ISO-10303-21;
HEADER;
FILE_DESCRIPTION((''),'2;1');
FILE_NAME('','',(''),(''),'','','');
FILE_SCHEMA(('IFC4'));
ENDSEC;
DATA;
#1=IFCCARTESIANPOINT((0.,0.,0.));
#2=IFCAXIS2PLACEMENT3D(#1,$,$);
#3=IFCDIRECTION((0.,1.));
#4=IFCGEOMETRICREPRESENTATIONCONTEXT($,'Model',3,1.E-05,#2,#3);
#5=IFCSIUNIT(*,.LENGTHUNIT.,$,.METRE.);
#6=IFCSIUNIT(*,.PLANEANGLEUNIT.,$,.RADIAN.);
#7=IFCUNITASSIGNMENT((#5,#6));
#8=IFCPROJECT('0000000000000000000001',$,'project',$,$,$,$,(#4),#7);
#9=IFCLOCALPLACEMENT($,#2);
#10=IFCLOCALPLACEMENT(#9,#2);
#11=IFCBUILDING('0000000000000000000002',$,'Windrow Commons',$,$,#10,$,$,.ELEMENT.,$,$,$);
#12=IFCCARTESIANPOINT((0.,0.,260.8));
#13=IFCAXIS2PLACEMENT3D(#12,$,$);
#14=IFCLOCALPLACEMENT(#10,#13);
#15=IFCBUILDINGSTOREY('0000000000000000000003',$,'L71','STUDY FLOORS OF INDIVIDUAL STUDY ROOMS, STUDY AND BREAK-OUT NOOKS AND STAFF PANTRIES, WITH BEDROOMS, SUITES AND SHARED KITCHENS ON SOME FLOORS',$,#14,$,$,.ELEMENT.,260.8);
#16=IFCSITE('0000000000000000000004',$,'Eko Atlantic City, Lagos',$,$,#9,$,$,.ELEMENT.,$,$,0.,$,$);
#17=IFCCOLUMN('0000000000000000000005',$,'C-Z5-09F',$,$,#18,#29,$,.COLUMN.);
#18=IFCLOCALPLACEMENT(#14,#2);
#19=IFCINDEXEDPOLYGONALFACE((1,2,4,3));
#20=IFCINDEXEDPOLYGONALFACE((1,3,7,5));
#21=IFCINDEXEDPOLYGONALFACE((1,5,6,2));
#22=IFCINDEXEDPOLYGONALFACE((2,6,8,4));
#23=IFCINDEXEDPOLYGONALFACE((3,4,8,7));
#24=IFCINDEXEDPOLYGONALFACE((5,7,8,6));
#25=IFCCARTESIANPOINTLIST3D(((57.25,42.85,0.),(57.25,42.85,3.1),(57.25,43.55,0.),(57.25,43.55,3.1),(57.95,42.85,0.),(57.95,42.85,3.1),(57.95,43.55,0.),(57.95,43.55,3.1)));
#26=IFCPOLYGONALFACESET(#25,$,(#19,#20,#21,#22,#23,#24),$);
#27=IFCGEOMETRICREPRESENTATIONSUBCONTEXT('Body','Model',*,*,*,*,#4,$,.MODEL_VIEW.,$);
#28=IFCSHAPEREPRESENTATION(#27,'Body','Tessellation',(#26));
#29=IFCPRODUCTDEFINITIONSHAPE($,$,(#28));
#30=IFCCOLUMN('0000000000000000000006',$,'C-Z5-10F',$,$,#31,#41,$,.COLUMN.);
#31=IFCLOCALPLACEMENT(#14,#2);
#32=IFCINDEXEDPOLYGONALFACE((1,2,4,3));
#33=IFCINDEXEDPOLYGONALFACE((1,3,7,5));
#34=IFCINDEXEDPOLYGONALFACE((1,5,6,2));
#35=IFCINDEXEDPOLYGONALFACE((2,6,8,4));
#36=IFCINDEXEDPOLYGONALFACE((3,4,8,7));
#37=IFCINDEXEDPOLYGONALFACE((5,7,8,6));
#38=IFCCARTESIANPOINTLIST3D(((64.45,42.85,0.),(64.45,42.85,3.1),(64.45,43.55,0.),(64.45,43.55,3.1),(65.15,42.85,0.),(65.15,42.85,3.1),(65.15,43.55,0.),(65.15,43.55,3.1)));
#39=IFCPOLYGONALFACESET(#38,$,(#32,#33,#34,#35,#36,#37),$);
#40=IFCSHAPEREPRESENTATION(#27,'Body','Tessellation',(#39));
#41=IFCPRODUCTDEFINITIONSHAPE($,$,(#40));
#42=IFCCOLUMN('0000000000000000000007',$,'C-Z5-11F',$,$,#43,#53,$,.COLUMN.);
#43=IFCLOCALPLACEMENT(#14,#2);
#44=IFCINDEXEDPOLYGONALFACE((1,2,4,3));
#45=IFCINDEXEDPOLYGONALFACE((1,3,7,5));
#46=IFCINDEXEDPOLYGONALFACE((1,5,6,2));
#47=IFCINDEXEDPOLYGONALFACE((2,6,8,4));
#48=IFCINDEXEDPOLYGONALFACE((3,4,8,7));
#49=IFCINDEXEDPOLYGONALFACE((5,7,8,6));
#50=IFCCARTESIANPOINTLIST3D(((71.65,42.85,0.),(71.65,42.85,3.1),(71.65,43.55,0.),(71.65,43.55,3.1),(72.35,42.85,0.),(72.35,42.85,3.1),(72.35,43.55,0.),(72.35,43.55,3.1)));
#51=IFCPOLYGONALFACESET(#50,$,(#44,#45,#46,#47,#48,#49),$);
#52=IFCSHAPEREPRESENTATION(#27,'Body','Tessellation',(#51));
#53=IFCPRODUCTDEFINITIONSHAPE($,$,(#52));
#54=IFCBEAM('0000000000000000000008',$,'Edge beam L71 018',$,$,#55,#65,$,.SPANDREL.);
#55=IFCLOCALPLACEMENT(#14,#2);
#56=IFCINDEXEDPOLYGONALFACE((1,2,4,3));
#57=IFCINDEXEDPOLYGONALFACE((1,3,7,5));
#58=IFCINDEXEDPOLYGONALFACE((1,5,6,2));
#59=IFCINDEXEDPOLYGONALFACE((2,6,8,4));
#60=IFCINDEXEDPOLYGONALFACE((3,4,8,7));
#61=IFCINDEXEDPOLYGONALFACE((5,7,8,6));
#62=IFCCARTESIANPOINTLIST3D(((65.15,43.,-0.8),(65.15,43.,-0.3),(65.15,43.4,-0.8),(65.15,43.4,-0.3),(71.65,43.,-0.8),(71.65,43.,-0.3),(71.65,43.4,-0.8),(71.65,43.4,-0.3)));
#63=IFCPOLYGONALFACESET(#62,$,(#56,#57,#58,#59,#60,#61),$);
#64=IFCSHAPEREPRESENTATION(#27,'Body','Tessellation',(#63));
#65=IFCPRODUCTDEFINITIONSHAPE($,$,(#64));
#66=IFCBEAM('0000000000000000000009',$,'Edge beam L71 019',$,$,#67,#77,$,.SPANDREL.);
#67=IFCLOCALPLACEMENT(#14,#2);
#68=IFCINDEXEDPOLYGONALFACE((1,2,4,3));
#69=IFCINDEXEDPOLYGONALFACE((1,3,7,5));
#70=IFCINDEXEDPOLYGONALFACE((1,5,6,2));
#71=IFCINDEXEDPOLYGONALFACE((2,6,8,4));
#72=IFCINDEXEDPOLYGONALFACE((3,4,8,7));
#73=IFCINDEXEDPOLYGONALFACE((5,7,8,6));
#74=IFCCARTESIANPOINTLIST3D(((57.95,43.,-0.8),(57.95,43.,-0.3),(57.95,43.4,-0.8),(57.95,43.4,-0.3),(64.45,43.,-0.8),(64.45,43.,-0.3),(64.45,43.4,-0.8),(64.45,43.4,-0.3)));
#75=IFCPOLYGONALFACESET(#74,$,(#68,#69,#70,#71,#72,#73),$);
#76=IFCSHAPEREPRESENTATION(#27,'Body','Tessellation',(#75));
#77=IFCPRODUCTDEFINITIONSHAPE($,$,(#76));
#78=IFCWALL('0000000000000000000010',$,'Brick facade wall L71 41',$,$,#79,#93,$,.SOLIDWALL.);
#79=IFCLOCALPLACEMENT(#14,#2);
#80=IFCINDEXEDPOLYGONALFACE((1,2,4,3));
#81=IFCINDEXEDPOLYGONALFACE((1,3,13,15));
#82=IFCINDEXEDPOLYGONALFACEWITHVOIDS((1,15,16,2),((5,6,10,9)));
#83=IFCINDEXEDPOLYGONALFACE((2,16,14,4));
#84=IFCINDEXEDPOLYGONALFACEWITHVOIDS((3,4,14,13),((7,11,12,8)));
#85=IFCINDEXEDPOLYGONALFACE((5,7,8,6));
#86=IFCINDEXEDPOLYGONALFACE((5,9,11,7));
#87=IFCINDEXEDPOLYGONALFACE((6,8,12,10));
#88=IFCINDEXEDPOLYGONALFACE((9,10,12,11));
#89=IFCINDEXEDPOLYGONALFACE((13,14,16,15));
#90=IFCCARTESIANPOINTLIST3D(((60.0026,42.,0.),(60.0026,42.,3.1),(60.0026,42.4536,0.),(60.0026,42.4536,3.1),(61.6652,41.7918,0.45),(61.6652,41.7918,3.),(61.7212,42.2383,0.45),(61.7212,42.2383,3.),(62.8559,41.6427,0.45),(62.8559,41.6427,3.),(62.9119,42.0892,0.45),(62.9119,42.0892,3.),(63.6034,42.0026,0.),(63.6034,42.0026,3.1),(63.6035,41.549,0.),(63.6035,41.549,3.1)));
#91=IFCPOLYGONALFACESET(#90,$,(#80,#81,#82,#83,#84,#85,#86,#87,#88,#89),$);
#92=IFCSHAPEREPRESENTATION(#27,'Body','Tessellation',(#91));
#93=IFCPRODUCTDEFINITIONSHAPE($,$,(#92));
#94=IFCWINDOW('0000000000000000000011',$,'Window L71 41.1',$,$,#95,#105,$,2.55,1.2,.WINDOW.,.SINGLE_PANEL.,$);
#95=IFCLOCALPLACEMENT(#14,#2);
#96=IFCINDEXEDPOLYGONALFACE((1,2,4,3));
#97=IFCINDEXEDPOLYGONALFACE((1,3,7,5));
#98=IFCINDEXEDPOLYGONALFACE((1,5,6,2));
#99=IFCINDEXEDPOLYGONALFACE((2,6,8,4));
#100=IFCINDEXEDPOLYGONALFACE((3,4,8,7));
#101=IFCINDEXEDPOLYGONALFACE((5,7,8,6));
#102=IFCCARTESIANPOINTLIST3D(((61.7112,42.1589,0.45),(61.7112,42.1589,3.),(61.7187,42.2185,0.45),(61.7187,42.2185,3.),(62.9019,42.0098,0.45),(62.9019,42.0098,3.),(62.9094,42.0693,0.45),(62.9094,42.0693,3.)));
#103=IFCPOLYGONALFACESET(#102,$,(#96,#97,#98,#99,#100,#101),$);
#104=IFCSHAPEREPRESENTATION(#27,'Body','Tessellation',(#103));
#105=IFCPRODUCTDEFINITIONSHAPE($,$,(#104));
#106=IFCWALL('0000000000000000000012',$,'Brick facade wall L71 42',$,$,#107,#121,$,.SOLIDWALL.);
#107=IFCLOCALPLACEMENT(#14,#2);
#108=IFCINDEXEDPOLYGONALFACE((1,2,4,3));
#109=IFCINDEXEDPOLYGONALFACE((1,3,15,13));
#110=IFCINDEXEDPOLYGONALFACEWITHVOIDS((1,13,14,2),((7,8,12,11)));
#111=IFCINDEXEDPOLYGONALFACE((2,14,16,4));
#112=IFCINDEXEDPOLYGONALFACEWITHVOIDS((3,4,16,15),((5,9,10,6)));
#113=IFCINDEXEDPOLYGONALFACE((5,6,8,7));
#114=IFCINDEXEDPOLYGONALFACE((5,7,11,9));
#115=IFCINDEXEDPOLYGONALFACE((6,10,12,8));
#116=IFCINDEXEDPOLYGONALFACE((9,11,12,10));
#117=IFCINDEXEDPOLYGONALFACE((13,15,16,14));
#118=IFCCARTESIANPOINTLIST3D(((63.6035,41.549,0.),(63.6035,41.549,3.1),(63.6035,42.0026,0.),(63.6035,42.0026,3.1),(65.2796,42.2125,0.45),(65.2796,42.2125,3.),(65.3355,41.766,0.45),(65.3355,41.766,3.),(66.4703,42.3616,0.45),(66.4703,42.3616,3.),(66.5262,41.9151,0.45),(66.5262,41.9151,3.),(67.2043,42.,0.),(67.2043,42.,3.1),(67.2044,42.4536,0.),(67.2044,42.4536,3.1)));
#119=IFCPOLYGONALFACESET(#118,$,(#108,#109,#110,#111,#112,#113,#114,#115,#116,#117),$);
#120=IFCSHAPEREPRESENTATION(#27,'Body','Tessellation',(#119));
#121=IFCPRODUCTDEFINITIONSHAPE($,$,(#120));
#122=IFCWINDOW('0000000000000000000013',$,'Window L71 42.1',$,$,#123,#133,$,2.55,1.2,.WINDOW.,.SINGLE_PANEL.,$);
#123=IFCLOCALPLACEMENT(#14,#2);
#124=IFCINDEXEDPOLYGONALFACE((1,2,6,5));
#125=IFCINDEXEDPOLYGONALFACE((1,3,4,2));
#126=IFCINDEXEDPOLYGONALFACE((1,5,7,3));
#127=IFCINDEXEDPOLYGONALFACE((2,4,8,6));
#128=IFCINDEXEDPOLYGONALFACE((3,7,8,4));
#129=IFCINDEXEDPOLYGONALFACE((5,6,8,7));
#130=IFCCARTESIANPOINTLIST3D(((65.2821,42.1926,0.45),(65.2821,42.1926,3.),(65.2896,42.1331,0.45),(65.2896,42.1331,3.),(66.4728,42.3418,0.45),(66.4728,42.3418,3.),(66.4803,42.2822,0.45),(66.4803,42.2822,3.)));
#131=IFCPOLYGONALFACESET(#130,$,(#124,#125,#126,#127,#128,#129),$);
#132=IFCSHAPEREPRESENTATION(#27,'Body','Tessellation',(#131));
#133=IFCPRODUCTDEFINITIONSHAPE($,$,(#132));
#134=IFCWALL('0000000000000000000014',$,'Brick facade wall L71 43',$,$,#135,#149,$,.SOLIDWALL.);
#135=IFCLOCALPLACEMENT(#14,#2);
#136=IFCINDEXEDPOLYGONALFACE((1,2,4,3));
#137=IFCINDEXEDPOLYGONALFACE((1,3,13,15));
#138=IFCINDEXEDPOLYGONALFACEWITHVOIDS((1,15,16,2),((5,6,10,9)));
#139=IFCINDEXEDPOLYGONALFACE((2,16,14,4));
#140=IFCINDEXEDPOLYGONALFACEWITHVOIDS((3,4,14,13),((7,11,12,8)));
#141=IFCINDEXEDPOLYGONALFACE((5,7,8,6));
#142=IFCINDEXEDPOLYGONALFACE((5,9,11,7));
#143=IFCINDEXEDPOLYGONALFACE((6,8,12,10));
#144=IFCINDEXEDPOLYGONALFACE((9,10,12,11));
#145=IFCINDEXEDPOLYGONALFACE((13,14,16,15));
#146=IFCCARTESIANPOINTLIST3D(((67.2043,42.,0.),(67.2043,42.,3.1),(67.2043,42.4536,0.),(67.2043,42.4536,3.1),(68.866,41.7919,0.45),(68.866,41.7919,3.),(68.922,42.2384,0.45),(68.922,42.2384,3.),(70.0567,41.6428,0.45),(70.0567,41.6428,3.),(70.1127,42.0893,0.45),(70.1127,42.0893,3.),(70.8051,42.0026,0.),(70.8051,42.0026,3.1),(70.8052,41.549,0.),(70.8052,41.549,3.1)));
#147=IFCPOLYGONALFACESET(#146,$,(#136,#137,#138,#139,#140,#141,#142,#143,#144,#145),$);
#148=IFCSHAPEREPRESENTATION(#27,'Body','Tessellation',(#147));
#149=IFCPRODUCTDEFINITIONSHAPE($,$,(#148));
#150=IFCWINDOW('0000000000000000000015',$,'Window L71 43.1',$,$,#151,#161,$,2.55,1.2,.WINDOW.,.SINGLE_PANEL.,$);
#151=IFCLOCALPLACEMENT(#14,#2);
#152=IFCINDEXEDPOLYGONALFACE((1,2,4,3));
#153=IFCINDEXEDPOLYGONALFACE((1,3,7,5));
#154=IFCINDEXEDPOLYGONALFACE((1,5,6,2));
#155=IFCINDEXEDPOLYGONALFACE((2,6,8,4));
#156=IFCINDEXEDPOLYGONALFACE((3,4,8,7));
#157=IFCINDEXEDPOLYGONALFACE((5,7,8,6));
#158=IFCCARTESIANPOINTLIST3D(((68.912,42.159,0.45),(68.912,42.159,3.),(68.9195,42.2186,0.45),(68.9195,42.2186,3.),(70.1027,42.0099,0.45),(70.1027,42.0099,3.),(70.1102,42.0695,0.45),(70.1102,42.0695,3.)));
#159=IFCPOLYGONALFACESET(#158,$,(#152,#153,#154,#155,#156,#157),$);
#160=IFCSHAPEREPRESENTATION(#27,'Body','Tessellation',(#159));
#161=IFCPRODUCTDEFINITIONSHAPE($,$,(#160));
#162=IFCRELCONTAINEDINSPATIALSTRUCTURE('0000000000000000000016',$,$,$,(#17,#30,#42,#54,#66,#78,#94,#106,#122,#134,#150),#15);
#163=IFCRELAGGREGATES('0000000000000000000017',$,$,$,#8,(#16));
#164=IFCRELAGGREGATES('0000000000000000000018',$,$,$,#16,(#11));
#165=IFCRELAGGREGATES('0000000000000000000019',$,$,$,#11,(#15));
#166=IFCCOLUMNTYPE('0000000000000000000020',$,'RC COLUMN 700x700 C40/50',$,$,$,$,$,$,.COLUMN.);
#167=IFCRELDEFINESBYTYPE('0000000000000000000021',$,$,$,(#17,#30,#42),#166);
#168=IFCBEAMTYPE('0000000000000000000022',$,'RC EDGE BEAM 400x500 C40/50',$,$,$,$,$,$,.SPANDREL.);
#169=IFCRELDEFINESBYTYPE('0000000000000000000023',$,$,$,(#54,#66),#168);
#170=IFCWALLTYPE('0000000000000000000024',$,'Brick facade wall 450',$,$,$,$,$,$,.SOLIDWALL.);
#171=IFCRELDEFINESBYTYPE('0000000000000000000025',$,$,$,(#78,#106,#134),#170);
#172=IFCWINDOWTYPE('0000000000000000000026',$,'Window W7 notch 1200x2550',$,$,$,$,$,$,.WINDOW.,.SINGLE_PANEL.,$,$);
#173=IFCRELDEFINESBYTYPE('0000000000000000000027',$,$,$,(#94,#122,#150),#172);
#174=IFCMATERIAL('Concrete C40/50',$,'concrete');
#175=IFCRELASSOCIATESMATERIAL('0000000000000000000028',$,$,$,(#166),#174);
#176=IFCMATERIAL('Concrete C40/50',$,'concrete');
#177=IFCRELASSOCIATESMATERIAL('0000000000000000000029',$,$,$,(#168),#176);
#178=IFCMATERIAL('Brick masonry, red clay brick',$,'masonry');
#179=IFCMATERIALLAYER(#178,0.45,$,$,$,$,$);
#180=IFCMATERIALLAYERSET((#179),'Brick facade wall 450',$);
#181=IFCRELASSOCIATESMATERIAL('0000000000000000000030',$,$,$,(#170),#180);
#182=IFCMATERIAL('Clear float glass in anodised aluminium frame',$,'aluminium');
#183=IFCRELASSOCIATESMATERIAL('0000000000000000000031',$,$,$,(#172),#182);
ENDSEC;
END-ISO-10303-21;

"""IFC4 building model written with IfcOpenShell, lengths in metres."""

from ifc_helpers import new_model, si_unit, direction, frame, frame_2d, origin, origin_2d, place, context, subcontext, project, spatial, polyline, rectangle, outline, extrude, material, layer, layer_set, material_profile, profile_set, type_object, element, fill, save


model = new_model("IFC4")

# Units and contexts
model_context = context("Model", 3, precision=1e-05, world=origin(), true_north=direction((0.0, 1.0)))
body_context = subcontext(model_context, "Body", "Model", "MODEL_VIEW")
ifc_project = project(units=[si_unit("LENGTHUNIT", "METRE"), si_unit("PLANEANGLEUNIT", "RADIAN")], contexts=[model_context])

# Site, building, storey
site_placement = place(None, origin())
site = spatial("IfcSite", under=ifc_project, at=site_placement, Name="Eko Atlantic City, Lagos", CompositionType="ELEMENT", RefElevation=0.0)
building_placement = place(site_placement, origin())
building = spatial("IfcBuilding", under=site, at=building_placement, Name="Windrow Commons", CompositionType="ELEMENT")
storey_placement = place(building_placement, frame((0.0, 0.0, 260.8)))
storey = spatial("IfcBuildingStorey", under=building, at=storey_placement, Name="L71", Description="STUDY FLOORS OF INDIVIDUAL STUDY ROOMS, STUDY AND BREAK-OUT NOOKS AND STAFF PANTRIES, WITH BEDROOMS, SUITES AND SHARED KITCHENS ON SOME FLOORS", CompositionType="ELEMENT", Elevation=260.8)

# Columns
ifc_material_1 = material(Name="Concrete C40/50", Category="concrete")
ifc_material_profile_1 = material_profile(ifc_material_1, rectangle(XDim=0.7, YDim=0.7, at=origin_2d()))
ifc_profile_set_1 = profile_set([ifc_material_profile_1], Name="Concrete C40/50")
column_type = type_object("IfcColumnType", Name="RC COLUMN 700x700 C40/50", PredefinedType="COLUMN", material=ifc_profile_set_1)
for number, where, z_axis, x_axis, name in (
    (1, (57.6, 43.2, 0.0), (0.0, 0.0, 1.0), (1.0, 0.0, 0.0), "C-Z5-09F"),
    (2, (64.8, 43.2, 0.0), (0.0, 0.0, 1.0), (1.0, 0.0, 0.0), "C-Z5-10F"),
    (3, (72.0, 43.2, 0.0), (0.0, 0.0, 1.0), (1.0, 0.0, 0.0), "C-Z5-11F"),
):
    element("IfcColumn", number, at=place(storey_placement, frame(where, z_axis=z_axis, x_axis=x_axis)), inside=storey, type_object=column_type, Name=name, PredefinedType="COLUMN", context=body_context, shape_type="SweptSolid", body=[
        extrude(rectangle(XDim=0.7, YDim=0.7, at=origin_2d()), origin(), (0.0, 0.0, 1.0), 3.1),
    ])

# Beams
ifc_material_2 = material(Name="Concrete C40/50", Category="concrete")
ifc_material_profile_2 = material_profile(ifc_material_2, rectangle(XDim=0.4, YDim=0.5, at=origin_2d()))
ifc_profile_set_2 = profile_set([ifc_material_profile_2], Name="Concrete C40/50")
beam_type = type_object("IfcBeamType", Name="RC EDGE BEAM 400x500 C40/50", PredefinedType="SPANDREL", material=ifc_profile_set_2)
for number, where, z_axis, x_axis, name in (
    (4, (71.65, 43.2, -0.55), (-1.0, 0.0, 0.0), (0.0, -1.0, 0.0), "Edge beam L71 018"),
    (5, (64.45, 43.2, -0.55), (-1.0, 0.0, 0.0), (0.0, -1.0, 0.0), "Edge beam L71 019"),
):
    element("IfcBeam", number, at=place(storey_placement, frame(where, z_axis=z_axis, x_axis=x_axis)), inside=storey, type_object=beam_type, Name=name, PredefinedType="SPANDREL", context=body_context, shape_type="SweptSolid", body=[
        extrude(rectangle(XDim=0.4, YDim=0.5, at=origin_2d()), origin(), (0.0, 0.0, 1.0), 6.5),
    ])

# Walls, openings, windows
ifc_material_3 = material(Name="Brick masonry, red clay brick", Category="masonry")
ifc_layer_1 = layer(ifc_material_3, 0.45)
ifc_layer_set_1 = layer_set([ifc_layer_1], Name="Brick facade wall 450")
wall_type_1 = type_object("IfcWallType", Name="Brick facade wall 450", PredefinedType="SOLIDWALL", material=ifc_layer_set_1)
wall_1_placement = place(storey_placement, frame((60.0026, 42.2268, 0.0), z_axis=(0.0, 0.0, 1.0), x_axis=(0.992248, -0.124276, 0.0)))
wall_1 = element("IfcWall", 6, at=wall_1_placement, inside=storey, type_object=wall_type_1, Name="Brick facade wall L71 41", PredefinedType="SOLIDWALL", context=body_context, shape_type="SweptSolid", body=[
    extrude(outline(polyline([(0.0282, -0.225), (3.6572, -0.225), (3.6008, 0.225), (-0.0282, 0.225), (0.0282, -0.225)])), origin(), (0.0, 0.0, 1.0), 3.1),
])
opening_1_placement = place(wall_1_placement, frame((1.7038, 0.0, 0.45)))
opening_1 = element("IfcOpeningElement", 7, at=opening_1_placement, cuts=wall_1, PredefinedType="OPENING", context=body_context, shape_type="SweptSolid", body=[
    extrude(rectangle(XDim=1.2, YDim=2.55, at=frame_2d((0.6, 1.275))), frame((0.0, 0.235, 0.0), z_axis=(0.0, -1.0, 0.0), x_axis=(1.0, 0.0, 0.0)), (0.0, 0.0, 1.0), 0.47),
])
ifc_material_4 = material(Name="Clear float glass in anodised aluminium frame", Category="aluminium")
window_type = type_object("IfcWindowType", Name="Window W7 notch 1200x2550", PartitioningType="SINGLE_PANEL", PredefinedType="WINDOW", material=ifc_material_4)
window_1_placement = place(opening_1_placement, origin())
window_1 = element("IfcWindow", 8, at=window_1_placement, inside=storey, type_object=window_type, Name="Window L71 41.1", OverallHeight=2.55, OverallWidth=1.2, PartitioningType="SINGLE_PANEL", PredefinedType="WINDOW", context=body_context, shape_type="SweptSolid", body=[
    extrude(rectangle(XDim=1.2, YDim=2.55, at=frame_2d((0.6, 1.275))), frame((0.0, 0.205, 0.0), z_axis=(0.0, -1.0, 0.0), x_axis=(1.0, 0.0, 0.0)), (0.0, 0.0, 1.0), 0.06),
])
fill(opening_1, window_1)
wall_2_placement = place(storey_placement, frame((63.6035, 41.7758, 0.0), z_axis=(0.0, 0.0, 1.0), x_axis=(0.992247, 0.124279, 0.0)))
wall_2 = element("IfcWall", 9, at=wall_2_placement, inside=storey, type_object=wall_type_1, Name="Brick facade wall L71 42", PredefinedType="SOLIDWALL", context=body_context, shape_type="SweptSolid", body=[
    extrude(outline(polyline([(-0.0282, -0.225), (3.6008, -0.225), (3.6572, 0.225), (0.0282, 0.225), (-0.0282, -0.225)])), origin(), (0.0, 0.0, 1.0), 3.1),
])
opening_2_placement = place(wall_2_placement, frame((1.7174, 0.0, 0.45)))
opening_2 = element("IfcOpeningElement", 10, at=opening_2_placement, cuts=wall_2, PredefinedType="OPENING", context=body_context, shape_type="SweptSolid", body=[
    extrude(rectangle(XDim=1.2, YDim=2.55, at=frame_2d((0.6, 1.275))), frame((0.0, 0.235, 0.0), z_axis=(0.0, -1.0, 0.0), x_axis=(1.0, 0.0, 0.0)), (0.0, 0.0, 1.0), 0.47),
])
window_2_placement = place(opening_2_placement, origin())
window_2 = element("IfcWindow", 11, at=window_2_placement, inside=storey, type_object=window_type, Name="Window L71 42.1", OverallHeight=2.55, OverallWidth=1.2, PartitioningType="SINGLE_PANEL", PredefinedType="WINDOW", context=body_context, shape_type="SweptSolid", body=[
    extrude(rectangle(XDim=1.2, YDim=2.55, at=frame_2d((0.6, 1.275))), frame((0.0, 0.205, 0.0), z_axis=(0.0, -1.0, 0.0), x_axis=(1.0, 0.0, 0.0)), (0.0, 0.0, 1.0), 0.06),
])
fill(opening_2, window_2)
wall_3_placement = place(storey_placement, frame((67.2043, 42.2268, 0.0), z_axis=(0.0, 0.0, 1.0), x_axis=(0.992248, -0.124276, 0.0)))
wall_3 = element("IfcWall", 12, at=wall_3_placement, inside=storey, type_object=wall_type_1, Name="Brick facade wall L71 43", PredefinedType="SOLIDWALL", context=body_context, shape_type="SweptSolid", body=[
    extrude(outline(polyline([(0.0282, -0.225), (3.6572, -0.225), (3.6008, 0.225), (-0.0282, 0.225), (0.0282, -0.225)])), origin(), (0.0, 0.0, 1.0), 3.1),
])
opening_3_placement = place(wall_3_placement, frame((1.7029, 0.0, 0.45)))
opening_3 = element("IfcOpeningElement", 13, at=opening_3_placement, cuts=wall_3, PredefinedType="OPENING", context=body_context, shape_type="SweptSolid", body=[
    extrude(rectangle(XDim=1.2, YDim=2.55, at=frame_2d((0.6, 1.275))), frame((0.0, 0.235, 0.0), z_axis=(0.0, -1.0, 0.0), x_axis=(1.0, 0.0, 0.0)), (0.0, 0.0, 1.0), 0.47),
])
window_3_placement = place(opening_3_placement, origin())
window_3 = element("IfcWindow", 14, at=window_3_placement, inside=storey, type_object=window_type, Name="Window L71 43.1", OverallHeight=2.55, OverallWidth=1.2, PartitioningType="SINGLE_PANEL", PredefinedType="WINDOW", context=body_context, shape_type="SweptSolid", body=[
    extrude(rectangle(XDim=1.2, YDim=2.55, at=frame_2d((0.6, 1.275))), frame((0.0, 0.205, 0.0), z_axis=(0.0, -1.0, 0.0), x_axis=(1.0, 0.0, 0.0)), (0.0, 0.0, 1.0), 0.06),
])
fill(opening_3, window_3)

save(model, "model.ifc")
